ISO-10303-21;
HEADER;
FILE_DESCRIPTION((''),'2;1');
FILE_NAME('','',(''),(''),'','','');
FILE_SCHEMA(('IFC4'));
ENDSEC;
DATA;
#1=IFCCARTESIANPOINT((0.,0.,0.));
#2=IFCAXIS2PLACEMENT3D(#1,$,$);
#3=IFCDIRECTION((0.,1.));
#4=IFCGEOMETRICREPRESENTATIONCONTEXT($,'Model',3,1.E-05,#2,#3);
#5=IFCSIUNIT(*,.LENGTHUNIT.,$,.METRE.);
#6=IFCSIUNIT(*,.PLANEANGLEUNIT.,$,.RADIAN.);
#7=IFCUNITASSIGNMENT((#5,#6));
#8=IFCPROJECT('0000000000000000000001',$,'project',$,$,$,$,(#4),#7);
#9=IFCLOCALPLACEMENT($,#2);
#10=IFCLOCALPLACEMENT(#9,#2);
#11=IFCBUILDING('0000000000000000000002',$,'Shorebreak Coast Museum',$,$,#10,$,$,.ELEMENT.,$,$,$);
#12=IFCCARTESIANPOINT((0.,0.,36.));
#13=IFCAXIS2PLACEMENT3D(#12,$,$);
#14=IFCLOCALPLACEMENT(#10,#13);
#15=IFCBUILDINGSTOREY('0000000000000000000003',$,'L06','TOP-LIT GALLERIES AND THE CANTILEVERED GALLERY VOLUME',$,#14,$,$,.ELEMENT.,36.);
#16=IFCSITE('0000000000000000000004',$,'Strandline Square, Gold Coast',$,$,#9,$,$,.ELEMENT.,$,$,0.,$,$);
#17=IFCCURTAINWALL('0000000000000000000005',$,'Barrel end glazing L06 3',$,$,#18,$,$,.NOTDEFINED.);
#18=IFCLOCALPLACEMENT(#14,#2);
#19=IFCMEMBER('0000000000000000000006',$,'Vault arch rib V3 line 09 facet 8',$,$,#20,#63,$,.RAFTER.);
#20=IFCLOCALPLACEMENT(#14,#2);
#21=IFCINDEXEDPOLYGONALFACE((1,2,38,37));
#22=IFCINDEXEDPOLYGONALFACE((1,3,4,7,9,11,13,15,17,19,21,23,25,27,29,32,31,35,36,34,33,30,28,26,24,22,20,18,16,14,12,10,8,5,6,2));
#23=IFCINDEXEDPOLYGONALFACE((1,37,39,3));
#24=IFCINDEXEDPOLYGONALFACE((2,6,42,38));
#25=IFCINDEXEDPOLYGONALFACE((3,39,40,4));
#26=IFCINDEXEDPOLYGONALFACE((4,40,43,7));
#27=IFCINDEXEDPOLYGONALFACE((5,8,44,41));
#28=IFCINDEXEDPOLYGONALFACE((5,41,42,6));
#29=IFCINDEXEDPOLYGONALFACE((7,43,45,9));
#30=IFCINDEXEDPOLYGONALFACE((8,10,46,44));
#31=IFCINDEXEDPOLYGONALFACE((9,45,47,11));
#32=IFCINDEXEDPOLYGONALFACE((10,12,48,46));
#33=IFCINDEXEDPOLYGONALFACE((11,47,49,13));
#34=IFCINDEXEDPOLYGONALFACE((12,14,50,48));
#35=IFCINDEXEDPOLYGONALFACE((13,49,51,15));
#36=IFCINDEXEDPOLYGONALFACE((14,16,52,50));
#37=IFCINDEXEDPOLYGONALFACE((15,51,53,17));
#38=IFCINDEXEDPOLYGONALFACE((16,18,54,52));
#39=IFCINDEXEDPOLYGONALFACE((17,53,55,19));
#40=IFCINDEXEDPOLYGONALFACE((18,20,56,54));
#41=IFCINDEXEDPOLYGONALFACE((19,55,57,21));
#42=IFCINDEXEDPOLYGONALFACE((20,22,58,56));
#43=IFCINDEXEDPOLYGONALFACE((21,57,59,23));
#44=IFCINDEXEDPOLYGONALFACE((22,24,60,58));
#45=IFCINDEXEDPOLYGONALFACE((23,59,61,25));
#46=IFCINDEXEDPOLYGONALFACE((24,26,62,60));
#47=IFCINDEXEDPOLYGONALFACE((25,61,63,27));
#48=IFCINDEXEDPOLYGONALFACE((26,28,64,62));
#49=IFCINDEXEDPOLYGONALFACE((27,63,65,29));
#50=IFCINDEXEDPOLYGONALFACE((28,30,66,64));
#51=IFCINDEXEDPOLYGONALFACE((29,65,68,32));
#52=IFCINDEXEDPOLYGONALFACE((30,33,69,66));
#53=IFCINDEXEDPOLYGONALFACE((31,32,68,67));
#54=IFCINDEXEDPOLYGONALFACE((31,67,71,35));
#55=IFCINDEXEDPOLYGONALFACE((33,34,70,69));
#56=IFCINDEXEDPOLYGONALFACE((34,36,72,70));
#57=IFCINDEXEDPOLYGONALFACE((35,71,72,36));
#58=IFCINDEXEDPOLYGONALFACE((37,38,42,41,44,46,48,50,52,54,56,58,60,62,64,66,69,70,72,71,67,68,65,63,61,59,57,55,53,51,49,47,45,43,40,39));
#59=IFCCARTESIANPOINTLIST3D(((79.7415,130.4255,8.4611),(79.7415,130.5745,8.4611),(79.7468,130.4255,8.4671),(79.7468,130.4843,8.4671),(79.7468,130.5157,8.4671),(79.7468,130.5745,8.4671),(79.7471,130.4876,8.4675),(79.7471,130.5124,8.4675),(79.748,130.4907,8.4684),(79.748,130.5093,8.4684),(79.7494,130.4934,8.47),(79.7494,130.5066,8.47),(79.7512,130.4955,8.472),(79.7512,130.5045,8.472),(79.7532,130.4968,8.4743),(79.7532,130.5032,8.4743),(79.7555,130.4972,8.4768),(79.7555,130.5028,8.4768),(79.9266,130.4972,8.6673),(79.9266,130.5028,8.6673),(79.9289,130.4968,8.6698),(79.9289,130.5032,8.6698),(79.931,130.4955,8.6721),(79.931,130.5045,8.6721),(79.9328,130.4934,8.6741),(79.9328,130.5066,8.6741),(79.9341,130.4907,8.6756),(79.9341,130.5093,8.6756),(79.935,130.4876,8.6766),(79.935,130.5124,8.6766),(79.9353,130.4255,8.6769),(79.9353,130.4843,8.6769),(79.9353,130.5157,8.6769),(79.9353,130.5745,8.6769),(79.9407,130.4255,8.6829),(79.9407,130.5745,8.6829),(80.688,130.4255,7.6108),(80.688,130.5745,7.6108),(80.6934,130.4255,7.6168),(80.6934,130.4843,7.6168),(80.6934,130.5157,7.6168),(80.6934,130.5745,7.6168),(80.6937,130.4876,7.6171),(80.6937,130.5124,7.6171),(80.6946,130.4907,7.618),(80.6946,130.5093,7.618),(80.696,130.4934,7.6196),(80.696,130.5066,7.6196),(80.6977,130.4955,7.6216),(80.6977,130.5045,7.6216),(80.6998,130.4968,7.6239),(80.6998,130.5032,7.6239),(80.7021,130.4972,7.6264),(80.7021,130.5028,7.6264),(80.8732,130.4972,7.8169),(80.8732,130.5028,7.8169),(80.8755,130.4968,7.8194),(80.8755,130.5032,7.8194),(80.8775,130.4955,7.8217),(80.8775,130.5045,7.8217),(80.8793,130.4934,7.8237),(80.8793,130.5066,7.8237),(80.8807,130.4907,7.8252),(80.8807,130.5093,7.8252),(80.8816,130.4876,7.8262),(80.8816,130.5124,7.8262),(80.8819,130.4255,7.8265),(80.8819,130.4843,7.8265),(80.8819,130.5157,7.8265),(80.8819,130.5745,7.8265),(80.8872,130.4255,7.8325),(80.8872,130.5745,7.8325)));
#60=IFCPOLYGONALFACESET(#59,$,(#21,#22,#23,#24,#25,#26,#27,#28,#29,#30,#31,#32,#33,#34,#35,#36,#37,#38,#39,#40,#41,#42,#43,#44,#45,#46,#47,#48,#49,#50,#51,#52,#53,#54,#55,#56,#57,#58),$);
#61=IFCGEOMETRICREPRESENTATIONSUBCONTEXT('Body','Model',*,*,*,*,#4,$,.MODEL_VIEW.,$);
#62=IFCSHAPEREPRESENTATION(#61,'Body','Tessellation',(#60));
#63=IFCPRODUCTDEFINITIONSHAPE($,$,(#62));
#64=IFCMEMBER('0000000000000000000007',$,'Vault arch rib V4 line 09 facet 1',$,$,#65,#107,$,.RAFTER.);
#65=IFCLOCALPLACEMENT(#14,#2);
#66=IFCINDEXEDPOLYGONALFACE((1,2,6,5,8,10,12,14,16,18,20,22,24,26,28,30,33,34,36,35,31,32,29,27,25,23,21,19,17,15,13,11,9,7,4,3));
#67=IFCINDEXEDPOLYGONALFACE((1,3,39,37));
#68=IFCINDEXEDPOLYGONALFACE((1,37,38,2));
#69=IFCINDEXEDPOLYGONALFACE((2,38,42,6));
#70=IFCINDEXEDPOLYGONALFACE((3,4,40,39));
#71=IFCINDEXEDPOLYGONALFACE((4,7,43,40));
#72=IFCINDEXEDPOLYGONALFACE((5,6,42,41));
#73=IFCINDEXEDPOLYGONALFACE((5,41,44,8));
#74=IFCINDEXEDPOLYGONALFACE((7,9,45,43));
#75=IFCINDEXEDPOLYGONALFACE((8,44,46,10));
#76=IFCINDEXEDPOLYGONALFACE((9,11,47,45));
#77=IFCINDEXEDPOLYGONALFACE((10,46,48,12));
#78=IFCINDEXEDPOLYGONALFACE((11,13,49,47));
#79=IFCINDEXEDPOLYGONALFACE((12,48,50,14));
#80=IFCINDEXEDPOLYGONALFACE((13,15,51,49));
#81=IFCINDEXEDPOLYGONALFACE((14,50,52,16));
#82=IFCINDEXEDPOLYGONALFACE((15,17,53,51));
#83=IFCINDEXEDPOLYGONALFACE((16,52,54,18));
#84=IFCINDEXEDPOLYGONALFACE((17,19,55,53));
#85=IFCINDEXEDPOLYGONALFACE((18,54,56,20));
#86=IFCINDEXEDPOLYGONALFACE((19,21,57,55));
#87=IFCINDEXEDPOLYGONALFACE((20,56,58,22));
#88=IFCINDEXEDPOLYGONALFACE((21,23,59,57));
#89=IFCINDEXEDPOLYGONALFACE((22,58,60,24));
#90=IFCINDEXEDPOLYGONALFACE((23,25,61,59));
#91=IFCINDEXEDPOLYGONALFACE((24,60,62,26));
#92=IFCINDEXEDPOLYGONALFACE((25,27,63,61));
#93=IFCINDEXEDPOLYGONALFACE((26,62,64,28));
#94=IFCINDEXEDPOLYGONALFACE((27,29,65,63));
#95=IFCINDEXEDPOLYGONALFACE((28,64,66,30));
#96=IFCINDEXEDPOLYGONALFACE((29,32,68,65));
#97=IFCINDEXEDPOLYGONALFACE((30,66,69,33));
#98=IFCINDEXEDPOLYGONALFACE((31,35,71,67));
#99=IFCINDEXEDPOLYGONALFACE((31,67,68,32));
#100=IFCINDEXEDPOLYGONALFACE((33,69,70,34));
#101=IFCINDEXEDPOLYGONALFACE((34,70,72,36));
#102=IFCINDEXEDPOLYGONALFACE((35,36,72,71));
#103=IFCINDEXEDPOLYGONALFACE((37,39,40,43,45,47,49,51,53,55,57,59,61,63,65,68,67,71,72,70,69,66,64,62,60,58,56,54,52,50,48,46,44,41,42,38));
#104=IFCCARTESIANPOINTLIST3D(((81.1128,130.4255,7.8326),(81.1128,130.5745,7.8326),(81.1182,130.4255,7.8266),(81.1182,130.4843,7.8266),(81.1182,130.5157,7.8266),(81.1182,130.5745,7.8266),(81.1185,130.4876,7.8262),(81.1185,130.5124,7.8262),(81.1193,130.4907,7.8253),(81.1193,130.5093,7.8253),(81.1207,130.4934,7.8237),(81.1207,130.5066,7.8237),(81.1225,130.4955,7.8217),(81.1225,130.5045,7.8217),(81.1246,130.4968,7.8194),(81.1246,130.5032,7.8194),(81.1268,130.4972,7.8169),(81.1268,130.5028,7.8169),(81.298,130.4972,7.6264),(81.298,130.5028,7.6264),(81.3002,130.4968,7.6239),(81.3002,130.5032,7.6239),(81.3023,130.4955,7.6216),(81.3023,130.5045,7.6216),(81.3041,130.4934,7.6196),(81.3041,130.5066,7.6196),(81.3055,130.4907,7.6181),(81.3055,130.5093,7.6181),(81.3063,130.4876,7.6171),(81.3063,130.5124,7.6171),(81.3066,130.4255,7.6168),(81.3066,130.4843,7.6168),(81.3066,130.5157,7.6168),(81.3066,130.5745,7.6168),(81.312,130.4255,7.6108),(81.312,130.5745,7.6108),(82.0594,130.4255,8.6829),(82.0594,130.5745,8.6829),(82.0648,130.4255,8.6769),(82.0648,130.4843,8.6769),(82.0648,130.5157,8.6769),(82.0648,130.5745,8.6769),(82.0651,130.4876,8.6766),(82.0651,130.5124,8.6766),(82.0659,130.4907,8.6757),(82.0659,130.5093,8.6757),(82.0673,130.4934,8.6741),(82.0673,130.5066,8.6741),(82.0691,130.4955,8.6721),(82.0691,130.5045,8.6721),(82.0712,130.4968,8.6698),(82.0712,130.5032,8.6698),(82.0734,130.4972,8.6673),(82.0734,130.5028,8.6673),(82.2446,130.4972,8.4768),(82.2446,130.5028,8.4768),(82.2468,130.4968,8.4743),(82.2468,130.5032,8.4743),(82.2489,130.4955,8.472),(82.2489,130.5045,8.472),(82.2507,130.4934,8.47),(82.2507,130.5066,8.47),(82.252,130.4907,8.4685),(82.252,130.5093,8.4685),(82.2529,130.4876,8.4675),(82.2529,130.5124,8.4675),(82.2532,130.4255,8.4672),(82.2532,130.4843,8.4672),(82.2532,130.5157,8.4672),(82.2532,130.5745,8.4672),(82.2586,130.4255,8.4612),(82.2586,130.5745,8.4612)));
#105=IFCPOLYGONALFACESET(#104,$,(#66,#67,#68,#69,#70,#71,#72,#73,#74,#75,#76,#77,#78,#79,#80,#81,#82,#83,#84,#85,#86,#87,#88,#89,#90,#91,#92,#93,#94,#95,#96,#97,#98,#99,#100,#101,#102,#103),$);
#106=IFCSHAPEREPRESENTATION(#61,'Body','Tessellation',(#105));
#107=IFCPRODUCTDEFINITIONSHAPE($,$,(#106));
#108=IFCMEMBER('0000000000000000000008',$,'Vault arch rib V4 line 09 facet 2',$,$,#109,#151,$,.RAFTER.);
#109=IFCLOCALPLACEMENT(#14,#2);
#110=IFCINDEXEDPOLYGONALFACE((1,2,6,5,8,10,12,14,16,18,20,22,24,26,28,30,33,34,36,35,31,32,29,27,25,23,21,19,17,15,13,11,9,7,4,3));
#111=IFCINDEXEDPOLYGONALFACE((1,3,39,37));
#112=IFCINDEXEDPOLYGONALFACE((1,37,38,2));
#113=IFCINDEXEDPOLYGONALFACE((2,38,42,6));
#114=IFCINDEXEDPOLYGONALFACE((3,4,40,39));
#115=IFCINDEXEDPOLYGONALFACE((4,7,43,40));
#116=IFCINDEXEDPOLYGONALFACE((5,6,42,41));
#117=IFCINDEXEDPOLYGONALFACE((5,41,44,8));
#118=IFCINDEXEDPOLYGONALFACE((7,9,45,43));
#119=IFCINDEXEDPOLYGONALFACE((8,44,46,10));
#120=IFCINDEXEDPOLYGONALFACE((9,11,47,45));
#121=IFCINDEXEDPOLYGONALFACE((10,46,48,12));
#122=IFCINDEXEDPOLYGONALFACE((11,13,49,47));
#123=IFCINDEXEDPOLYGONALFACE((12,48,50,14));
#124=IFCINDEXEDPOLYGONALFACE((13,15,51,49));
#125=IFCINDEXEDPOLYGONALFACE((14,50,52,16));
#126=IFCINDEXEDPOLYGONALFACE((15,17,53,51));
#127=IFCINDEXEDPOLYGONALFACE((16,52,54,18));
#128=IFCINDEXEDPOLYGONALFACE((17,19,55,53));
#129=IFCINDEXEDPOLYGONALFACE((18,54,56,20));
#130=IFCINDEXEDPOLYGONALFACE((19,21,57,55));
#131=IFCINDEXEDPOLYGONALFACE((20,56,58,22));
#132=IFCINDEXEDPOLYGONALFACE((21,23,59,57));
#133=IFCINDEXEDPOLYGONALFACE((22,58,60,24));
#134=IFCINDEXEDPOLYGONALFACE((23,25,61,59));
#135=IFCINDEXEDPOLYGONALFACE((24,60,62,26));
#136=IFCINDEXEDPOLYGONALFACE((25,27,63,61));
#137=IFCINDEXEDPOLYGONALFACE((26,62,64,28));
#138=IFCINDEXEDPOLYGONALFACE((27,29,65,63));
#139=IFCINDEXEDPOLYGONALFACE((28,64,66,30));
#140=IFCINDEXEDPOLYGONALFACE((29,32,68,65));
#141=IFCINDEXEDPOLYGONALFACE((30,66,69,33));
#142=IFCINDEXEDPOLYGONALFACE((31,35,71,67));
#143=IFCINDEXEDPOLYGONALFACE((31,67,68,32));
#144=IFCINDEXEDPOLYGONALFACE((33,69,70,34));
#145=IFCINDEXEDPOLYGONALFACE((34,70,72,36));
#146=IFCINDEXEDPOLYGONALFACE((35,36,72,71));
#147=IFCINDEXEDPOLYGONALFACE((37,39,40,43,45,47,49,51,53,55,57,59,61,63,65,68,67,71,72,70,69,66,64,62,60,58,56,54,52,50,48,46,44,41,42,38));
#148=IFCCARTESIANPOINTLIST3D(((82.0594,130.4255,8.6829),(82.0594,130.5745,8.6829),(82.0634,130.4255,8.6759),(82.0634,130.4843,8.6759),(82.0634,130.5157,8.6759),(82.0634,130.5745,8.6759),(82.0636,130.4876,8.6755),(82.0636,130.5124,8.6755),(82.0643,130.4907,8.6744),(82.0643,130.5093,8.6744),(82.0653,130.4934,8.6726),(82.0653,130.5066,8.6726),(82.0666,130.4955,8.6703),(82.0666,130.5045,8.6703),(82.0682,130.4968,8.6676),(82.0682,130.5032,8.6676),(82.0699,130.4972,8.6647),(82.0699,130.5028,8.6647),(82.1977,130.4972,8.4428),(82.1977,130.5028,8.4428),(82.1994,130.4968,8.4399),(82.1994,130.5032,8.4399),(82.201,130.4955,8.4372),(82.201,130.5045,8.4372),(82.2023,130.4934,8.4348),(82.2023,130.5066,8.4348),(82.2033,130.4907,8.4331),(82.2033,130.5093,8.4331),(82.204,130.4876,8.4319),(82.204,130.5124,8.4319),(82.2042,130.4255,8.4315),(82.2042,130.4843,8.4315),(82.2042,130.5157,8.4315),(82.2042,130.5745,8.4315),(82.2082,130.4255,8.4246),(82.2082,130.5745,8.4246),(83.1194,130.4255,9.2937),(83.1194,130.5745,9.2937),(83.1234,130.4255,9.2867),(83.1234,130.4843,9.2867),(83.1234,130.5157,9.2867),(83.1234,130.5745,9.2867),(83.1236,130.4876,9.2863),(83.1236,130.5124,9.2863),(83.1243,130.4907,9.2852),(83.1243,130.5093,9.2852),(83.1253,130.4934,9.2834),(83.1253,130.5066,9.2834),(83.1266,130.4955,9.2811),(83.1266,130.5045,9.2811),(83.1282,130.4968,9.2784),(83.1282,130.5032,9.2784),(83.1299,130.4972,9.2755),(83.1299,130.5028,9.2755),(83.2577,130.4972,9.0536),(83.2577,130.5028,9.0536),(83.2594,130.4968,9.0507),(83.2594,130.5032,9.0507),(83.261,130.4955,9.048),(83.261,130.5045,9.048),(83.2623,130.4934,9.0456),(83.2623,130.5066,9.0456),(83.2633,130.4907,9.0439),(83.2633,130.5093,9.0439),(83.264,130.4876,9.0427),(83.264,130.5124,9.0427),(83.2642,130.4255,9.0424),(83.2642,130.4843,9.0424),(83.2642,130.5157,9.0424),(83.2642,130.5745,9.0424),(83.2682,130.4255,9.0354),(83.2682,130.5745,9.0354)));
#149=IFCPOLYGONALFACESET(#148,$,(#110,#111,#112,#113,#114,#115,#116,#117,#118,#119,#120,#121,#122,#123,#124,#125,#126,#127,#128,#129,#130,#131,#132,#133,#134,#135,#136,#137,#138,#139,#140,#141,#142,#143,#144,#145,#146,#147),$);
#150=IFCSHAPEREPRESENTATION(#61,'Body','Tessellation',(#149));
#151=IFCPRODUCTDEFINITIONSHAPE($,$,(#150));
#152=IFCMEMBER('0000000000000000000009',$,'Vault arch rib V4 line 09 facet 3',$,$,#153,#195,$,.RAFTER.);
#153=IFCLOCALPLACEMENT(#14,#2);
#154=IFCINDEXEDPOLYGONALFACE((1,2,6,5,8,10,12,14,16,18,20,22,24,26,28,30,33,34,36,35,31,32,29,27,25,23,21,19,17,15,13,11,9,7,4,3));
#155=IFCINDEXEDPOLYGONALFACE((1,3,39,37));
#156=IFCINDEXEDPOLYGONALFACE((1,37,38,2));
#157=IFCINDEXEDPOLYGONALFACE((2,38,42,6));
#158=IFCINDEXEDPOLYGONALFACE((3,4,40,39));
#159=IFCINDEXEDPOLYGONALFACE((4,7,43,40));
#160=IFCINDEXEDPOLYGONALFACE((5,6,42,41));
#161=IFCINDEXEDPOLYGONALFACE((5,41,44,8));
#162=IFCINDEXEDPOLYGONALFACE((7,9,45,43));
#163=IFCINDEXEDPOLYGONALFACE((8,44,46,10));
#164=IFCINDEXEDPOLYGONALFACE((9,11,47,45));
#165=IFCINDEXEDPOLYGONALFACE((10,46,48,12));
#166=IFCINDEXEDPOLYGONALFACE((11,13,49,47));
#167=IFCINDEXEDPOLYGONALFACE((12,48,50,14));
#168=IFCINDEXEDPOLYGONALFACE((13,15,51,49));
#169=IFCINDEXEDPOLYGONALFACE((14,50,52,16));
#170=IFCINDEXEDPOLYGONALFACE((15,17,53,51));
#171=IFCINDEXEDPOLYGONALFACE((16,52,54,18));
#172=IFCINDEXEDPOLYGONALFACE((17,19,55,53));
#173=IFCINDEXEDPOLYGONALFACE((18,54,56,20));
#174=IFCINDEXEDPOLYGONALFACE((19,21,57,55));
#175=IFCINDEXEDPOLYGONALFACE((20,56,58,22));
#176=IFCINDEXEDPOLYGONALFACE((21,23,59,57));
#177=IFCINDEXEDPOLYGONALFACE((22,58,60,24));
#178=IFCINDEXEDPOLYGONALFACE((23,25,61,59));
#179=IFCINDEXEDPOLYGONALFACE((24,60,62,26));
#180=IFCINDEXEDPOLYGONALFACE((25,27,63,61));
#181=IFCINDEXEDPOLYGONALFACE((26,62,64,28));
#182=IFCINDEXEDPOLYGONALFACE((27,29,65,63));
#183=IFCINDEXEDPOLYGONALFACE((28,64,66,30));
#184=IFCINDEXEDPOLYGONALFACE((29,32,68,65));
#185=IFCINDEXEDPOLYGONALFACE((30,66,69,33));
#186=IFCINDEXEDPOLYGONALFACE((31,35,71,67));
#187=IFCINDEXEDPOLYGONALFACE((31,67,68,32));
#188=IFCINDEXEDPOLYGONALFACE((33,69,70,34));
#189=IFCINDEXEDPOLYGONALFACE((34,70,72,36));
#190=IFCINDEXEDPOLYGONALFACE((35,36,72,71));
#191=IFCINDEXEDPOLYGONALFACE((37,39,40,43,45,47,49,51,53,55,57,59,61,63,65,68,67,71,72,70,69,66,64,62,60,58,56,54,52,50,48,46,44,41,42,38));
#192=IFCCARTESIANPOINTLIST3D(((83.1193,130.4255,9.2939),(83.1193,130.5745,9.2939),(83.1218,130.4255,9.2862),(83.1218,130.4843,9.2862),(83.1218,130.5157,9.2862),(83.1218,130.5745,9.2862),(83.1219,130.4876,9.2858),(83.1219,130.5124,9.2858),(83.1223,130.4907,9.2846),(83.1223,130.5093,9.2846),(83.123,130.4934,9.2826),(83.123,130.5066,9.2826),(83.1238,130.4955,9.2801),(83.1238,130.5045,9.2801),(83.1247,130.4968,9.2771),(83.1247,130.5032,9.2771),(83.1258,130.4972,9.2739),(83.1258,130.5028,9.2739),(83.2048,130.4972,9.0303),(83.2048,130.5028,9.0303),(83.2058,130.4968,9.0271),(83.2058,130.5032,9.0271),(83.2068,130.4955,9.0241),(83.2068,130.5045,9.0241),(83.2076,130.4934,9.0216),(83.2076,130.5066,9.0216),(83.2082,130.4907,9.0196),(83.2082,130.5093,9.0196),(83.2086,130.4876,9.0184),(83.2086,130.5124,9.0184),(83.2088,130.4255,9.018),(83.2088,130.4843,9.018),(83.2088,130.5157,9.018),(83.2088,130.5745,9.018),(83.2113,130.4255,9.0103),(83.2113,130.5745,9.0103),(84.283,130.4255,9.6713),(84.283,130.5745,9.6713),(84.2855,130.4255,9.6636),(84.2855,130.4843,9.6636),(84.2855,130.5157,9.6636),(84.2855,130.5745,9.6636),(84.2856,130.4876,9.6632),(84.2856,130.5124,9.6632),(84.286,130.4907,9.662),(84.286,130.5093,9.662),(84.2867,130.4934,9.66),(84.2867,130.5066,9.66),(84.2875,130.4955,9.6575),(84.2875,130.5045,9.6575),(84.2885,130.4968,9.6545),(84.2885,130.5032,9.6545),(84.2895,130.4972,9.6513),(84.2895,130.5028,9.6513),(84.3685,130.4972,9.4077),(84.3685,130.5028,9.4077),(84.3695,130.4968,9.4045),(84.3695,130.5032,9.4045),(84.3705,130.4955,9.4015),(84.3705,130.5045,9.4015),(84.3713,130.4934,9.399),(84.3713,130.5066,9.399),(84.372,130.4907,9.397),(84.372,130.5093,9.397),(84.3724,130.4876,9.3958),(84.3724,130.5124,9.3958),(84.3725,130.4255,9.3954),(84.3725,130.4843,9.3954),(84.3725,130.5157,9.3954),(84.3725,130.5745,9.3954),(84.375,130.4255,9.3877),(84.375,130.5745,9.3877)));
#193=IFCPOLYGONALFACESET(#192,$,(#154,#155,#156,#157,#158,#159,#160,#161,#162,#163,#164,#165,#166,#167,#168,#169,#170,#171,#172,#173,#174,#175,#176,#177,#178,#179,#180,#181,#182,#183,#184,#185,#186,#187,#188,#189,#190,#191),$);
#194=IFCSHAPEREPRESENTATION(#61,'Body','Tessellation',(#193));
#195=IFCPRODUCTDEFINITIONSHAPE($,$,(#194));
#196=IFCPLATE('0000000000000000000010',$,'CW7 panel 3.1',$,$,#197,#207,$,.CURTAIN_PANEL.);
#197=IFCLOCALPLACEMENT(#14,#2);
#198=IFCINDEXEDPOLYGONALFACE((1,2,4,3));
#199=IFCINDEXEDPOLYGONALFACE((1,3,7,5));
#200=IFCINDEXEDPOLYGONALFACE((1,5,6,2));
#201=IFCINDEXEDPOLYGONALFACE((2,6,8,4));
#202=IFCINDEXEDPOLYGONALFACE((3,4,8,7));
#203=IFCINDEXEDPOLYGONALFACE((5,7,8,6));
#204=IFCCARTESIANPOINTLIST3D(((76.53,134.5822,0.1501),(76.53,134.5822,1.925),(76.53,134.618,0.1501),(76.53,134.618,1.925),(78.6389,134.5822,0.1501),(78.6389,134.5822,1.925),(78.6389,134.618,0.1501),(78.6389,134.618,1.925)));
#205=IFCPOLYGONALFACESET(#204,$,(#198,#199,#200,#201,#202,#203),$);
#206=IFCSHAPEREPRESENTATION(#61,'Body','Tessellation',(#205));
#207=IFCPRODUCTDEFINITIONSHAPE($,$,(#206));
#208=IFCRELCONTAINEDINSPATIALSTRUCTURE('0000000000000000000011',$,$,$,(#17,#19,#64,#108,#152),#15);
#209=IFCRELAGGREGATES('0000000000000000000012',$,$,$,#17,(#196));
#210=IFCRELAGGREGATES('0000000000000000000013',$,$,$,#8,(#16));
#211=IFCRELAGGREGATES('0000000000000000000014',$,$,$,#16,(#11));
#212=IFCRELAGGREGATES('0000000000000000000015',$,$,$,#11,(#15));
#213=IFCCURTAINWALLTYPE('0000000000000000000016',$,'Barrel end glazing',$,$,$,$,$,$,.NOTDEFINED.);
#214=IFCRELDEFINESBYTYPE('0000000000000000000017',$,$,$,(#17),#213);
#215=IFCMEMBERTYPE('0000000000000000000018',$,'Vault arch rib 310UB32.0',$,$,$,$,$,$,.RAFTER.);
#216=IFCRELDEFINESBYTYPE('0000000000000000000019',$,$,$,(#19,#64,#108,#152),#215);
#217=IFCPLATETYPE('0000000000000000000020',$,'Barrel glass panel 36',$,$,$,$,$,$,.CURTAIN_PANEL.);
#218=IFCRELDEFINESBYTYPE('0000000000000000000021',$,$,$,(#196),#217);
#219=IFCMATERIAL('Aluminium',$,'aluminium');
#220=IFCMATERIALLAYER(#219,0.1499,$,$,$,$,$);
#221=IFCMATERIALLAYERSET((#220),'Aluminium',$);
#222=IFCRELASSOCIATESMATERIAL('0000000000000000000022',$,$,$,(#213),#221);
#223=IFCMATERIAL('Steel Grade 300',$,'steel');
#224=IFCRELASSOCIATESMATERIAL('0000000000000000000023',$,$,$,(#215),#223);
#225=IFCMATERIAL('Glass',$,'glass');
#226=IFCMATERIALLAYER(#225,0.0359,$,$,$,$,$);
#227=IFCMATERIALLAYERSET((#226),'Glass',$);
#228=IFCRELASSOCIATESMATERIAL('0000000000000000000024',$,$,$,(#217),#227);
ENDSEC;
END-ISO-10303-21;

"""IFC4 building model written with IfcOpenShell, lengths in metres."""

from ifc_helpers import new_model, si_unit, direction, frame, origin, origin_2d, place, context, subcontext, project, spatial, rectangle, i_section, extrude, material, layer, layer_set, material_profile, profile_set, type_object, element, aggregate, save


model = new_model("IFC4")

# Units and contexts
model_context = context("Model", 3, precision=1e-05, world=origin(), true_north=direction((0.0, 1.0)))
body_context = subcontext(model_context, "Body", "Model", "MODEL_VIEW")
ifc_project = project(units=[si_unit("LENGTHUNIT", "METRE"), si_unit("PLANEANGLEUNIT", "RADIAN")], contexts=[model_context])

# Site, building, storey
site_placement = place(None, origin())
site = spatial("IfcSite", under=ifc_project, at=site_placement, Name="Strandline Square, Gold Coast", CompositionType="ELEMENT", RefElevation=0.0)
building_placement = place(site_placement, origin())
building = spatial("IfcBuilding", under=site, at=building_placement, Name="Shorebreak Coast Museum", CompositionType="ELEMENT")
storey_placement = place(building_placement, frame((0.0, 0.0, 36.0)))
storey = spatial("IfcBuildingStorey", under=building, at=storey_placement, Name="L06", Description="TOP-LIT GALLERIES AND THE CANTILEVERED GALLERY VOLUME", CompositionType="ELEMENT", Elevation=36.0)

# Curtain wall
ifc_material_1 = material(Name="Aluminium", Category="aluminium")
ifc_layer_1 = layer(ifc_material_1, 0.1499)
ifc_layer_set_1 = layer_set([ifc_layer_1], Name="Aluminium")
curtain_wall_type_1 = type_object("IfcCurtainWallType", Name="Barrel end glazing", PredefinedType="NOTDEFINED", material=ifc_layer_set_1)
curtain_wall_1_placement = place(storey_placement, origin())
curtain_wall_1 = element("IfcCurtainWall", 1, at=curtain_wall_1_placement, inside=storey, type_object=curtain_wall_type_1, Name="Barrel end glazing L06 3", PredefinedType="NOTDEFINED")

# Members
ifc_material_2 = material(Name="Steel Grade 300", Category="steel")
ifc_material_profile_1 = material_profile(ifc_material_2, i_section(OverallWidth=0.1489, OverallDepth=0.2981, WebThickness=0.0056, FlangeThickness=0.0081, FilletRadius=0.0129, at=origin_2d()), Name="310UB32.0")
ifc_profile_set_1 = profile_set([ifc_material_profile_1], Name="Steel Grade 300")
member_type_1 = type_object("IfcMemberType", Name="Vault arch rib 310UB32.0", PredefinedType="RAFTER", material=ifc_profile_set_1)
for number, where, z_axis, x_axis, name in (
    (2, (79.8411, 130.5, 8.572), (0.743895, 0.0, -0.668297), (0.0, 1.0, 0.0), "Vault arch rib V3 line 09 facet 8"),
    (3, (81.2124, 130.5, 7.7217), (0.743895, 0.0, 0.668297), (0.0, 1.0, 0.0), "Vault arch rib V4 line 09 facet 1"),
):
    element("IfcMember", number, at=place(storey_placement, frame(where, z_axis=z_axis, x_axis=x_axis)), inside=storey, type_object=member_type_1, Name=name, PredefinedType="RAFTER", context=body_context, shape_type="SweptSolid", body=[
        extrude(i_section(OverallWidth=0.1489, OverallDepth=0.2981, WebThickness=0.0056, FlangeThickness=0.0081, FilletRadius=0.0129, at=origin_2d()), origin(), (0.0, 0.0, 1.0), 1.2725),
    ])
for number, where, z_axis, x_axis, name in (
    (4, (82.1338, 130.5, 8.5537), (0.866445, 0.0, 0.499273), (0.0, 1.0, 0.0), "Vault arch rib V4 line 09 facet 2"),
    (5, (83.1653, 130.5, 9.1521), (0.951226, 0.0, 0.308495), (0.0, 1.0, 0.0), "Vault arch rib V4 line 09 facet 3"),
):
    element("IfcMember", number, at=place(storey_placement, frame(where, z_axis=z_axis, x_axis=x_axis)), inside=storey, type_object=member_type_1, Name=name, PredefinedType="RAFTER", context=body_context, shape_type="SweptSolid", body=[
        extrude(i_section(OverallWidth=0.1489, OverallDepth=0.2981, WebThickness=0.0056, FlangeThickness=0.0081, FilletRadius=0.0129, at=origin_2d()), origin(), (0.0, 0.0, 1.0), 1.2234),
    ])

# Plate
ifc_material_3 = material(Name="Glass", Category="glass")
ifc_layer_2 = layer(ifc_material_3, 0.0359)
ifc_layer_set_2 = layer_set([ifc_layer_2], Name="Glass")
plate_type_1 = type_object("IfcPlateType", Name="Barrel glass panel 36", PredefinedType="CURTAIN_PANEL", material=ifc_layer_set_2)
plate_1_placement = place(storey_placement, frame((77.5845, 134.6001, 0.1501), z_axis=(0.0, 0.0, 1.0), x_axis=(1.0, 0.0, 0.0)))
plate_1 = element("IfcPlate", 6, at=plate_1_placement, type_object=plate_type_1, Name="CW7 panel 3.1", PredefinedType="CURTAIN_PANEL", context=body_context, shape_type="SweptSolid", body=[
    extrude(rectangle(XDim=2.1089, YDim=0.0359, at=origin_2d()), origin(), (0.0, 0.0, 1.0), 1.7749),
])
aggregate(curtain_wall_1, [plate_1])

save(model, "model.ifc")
